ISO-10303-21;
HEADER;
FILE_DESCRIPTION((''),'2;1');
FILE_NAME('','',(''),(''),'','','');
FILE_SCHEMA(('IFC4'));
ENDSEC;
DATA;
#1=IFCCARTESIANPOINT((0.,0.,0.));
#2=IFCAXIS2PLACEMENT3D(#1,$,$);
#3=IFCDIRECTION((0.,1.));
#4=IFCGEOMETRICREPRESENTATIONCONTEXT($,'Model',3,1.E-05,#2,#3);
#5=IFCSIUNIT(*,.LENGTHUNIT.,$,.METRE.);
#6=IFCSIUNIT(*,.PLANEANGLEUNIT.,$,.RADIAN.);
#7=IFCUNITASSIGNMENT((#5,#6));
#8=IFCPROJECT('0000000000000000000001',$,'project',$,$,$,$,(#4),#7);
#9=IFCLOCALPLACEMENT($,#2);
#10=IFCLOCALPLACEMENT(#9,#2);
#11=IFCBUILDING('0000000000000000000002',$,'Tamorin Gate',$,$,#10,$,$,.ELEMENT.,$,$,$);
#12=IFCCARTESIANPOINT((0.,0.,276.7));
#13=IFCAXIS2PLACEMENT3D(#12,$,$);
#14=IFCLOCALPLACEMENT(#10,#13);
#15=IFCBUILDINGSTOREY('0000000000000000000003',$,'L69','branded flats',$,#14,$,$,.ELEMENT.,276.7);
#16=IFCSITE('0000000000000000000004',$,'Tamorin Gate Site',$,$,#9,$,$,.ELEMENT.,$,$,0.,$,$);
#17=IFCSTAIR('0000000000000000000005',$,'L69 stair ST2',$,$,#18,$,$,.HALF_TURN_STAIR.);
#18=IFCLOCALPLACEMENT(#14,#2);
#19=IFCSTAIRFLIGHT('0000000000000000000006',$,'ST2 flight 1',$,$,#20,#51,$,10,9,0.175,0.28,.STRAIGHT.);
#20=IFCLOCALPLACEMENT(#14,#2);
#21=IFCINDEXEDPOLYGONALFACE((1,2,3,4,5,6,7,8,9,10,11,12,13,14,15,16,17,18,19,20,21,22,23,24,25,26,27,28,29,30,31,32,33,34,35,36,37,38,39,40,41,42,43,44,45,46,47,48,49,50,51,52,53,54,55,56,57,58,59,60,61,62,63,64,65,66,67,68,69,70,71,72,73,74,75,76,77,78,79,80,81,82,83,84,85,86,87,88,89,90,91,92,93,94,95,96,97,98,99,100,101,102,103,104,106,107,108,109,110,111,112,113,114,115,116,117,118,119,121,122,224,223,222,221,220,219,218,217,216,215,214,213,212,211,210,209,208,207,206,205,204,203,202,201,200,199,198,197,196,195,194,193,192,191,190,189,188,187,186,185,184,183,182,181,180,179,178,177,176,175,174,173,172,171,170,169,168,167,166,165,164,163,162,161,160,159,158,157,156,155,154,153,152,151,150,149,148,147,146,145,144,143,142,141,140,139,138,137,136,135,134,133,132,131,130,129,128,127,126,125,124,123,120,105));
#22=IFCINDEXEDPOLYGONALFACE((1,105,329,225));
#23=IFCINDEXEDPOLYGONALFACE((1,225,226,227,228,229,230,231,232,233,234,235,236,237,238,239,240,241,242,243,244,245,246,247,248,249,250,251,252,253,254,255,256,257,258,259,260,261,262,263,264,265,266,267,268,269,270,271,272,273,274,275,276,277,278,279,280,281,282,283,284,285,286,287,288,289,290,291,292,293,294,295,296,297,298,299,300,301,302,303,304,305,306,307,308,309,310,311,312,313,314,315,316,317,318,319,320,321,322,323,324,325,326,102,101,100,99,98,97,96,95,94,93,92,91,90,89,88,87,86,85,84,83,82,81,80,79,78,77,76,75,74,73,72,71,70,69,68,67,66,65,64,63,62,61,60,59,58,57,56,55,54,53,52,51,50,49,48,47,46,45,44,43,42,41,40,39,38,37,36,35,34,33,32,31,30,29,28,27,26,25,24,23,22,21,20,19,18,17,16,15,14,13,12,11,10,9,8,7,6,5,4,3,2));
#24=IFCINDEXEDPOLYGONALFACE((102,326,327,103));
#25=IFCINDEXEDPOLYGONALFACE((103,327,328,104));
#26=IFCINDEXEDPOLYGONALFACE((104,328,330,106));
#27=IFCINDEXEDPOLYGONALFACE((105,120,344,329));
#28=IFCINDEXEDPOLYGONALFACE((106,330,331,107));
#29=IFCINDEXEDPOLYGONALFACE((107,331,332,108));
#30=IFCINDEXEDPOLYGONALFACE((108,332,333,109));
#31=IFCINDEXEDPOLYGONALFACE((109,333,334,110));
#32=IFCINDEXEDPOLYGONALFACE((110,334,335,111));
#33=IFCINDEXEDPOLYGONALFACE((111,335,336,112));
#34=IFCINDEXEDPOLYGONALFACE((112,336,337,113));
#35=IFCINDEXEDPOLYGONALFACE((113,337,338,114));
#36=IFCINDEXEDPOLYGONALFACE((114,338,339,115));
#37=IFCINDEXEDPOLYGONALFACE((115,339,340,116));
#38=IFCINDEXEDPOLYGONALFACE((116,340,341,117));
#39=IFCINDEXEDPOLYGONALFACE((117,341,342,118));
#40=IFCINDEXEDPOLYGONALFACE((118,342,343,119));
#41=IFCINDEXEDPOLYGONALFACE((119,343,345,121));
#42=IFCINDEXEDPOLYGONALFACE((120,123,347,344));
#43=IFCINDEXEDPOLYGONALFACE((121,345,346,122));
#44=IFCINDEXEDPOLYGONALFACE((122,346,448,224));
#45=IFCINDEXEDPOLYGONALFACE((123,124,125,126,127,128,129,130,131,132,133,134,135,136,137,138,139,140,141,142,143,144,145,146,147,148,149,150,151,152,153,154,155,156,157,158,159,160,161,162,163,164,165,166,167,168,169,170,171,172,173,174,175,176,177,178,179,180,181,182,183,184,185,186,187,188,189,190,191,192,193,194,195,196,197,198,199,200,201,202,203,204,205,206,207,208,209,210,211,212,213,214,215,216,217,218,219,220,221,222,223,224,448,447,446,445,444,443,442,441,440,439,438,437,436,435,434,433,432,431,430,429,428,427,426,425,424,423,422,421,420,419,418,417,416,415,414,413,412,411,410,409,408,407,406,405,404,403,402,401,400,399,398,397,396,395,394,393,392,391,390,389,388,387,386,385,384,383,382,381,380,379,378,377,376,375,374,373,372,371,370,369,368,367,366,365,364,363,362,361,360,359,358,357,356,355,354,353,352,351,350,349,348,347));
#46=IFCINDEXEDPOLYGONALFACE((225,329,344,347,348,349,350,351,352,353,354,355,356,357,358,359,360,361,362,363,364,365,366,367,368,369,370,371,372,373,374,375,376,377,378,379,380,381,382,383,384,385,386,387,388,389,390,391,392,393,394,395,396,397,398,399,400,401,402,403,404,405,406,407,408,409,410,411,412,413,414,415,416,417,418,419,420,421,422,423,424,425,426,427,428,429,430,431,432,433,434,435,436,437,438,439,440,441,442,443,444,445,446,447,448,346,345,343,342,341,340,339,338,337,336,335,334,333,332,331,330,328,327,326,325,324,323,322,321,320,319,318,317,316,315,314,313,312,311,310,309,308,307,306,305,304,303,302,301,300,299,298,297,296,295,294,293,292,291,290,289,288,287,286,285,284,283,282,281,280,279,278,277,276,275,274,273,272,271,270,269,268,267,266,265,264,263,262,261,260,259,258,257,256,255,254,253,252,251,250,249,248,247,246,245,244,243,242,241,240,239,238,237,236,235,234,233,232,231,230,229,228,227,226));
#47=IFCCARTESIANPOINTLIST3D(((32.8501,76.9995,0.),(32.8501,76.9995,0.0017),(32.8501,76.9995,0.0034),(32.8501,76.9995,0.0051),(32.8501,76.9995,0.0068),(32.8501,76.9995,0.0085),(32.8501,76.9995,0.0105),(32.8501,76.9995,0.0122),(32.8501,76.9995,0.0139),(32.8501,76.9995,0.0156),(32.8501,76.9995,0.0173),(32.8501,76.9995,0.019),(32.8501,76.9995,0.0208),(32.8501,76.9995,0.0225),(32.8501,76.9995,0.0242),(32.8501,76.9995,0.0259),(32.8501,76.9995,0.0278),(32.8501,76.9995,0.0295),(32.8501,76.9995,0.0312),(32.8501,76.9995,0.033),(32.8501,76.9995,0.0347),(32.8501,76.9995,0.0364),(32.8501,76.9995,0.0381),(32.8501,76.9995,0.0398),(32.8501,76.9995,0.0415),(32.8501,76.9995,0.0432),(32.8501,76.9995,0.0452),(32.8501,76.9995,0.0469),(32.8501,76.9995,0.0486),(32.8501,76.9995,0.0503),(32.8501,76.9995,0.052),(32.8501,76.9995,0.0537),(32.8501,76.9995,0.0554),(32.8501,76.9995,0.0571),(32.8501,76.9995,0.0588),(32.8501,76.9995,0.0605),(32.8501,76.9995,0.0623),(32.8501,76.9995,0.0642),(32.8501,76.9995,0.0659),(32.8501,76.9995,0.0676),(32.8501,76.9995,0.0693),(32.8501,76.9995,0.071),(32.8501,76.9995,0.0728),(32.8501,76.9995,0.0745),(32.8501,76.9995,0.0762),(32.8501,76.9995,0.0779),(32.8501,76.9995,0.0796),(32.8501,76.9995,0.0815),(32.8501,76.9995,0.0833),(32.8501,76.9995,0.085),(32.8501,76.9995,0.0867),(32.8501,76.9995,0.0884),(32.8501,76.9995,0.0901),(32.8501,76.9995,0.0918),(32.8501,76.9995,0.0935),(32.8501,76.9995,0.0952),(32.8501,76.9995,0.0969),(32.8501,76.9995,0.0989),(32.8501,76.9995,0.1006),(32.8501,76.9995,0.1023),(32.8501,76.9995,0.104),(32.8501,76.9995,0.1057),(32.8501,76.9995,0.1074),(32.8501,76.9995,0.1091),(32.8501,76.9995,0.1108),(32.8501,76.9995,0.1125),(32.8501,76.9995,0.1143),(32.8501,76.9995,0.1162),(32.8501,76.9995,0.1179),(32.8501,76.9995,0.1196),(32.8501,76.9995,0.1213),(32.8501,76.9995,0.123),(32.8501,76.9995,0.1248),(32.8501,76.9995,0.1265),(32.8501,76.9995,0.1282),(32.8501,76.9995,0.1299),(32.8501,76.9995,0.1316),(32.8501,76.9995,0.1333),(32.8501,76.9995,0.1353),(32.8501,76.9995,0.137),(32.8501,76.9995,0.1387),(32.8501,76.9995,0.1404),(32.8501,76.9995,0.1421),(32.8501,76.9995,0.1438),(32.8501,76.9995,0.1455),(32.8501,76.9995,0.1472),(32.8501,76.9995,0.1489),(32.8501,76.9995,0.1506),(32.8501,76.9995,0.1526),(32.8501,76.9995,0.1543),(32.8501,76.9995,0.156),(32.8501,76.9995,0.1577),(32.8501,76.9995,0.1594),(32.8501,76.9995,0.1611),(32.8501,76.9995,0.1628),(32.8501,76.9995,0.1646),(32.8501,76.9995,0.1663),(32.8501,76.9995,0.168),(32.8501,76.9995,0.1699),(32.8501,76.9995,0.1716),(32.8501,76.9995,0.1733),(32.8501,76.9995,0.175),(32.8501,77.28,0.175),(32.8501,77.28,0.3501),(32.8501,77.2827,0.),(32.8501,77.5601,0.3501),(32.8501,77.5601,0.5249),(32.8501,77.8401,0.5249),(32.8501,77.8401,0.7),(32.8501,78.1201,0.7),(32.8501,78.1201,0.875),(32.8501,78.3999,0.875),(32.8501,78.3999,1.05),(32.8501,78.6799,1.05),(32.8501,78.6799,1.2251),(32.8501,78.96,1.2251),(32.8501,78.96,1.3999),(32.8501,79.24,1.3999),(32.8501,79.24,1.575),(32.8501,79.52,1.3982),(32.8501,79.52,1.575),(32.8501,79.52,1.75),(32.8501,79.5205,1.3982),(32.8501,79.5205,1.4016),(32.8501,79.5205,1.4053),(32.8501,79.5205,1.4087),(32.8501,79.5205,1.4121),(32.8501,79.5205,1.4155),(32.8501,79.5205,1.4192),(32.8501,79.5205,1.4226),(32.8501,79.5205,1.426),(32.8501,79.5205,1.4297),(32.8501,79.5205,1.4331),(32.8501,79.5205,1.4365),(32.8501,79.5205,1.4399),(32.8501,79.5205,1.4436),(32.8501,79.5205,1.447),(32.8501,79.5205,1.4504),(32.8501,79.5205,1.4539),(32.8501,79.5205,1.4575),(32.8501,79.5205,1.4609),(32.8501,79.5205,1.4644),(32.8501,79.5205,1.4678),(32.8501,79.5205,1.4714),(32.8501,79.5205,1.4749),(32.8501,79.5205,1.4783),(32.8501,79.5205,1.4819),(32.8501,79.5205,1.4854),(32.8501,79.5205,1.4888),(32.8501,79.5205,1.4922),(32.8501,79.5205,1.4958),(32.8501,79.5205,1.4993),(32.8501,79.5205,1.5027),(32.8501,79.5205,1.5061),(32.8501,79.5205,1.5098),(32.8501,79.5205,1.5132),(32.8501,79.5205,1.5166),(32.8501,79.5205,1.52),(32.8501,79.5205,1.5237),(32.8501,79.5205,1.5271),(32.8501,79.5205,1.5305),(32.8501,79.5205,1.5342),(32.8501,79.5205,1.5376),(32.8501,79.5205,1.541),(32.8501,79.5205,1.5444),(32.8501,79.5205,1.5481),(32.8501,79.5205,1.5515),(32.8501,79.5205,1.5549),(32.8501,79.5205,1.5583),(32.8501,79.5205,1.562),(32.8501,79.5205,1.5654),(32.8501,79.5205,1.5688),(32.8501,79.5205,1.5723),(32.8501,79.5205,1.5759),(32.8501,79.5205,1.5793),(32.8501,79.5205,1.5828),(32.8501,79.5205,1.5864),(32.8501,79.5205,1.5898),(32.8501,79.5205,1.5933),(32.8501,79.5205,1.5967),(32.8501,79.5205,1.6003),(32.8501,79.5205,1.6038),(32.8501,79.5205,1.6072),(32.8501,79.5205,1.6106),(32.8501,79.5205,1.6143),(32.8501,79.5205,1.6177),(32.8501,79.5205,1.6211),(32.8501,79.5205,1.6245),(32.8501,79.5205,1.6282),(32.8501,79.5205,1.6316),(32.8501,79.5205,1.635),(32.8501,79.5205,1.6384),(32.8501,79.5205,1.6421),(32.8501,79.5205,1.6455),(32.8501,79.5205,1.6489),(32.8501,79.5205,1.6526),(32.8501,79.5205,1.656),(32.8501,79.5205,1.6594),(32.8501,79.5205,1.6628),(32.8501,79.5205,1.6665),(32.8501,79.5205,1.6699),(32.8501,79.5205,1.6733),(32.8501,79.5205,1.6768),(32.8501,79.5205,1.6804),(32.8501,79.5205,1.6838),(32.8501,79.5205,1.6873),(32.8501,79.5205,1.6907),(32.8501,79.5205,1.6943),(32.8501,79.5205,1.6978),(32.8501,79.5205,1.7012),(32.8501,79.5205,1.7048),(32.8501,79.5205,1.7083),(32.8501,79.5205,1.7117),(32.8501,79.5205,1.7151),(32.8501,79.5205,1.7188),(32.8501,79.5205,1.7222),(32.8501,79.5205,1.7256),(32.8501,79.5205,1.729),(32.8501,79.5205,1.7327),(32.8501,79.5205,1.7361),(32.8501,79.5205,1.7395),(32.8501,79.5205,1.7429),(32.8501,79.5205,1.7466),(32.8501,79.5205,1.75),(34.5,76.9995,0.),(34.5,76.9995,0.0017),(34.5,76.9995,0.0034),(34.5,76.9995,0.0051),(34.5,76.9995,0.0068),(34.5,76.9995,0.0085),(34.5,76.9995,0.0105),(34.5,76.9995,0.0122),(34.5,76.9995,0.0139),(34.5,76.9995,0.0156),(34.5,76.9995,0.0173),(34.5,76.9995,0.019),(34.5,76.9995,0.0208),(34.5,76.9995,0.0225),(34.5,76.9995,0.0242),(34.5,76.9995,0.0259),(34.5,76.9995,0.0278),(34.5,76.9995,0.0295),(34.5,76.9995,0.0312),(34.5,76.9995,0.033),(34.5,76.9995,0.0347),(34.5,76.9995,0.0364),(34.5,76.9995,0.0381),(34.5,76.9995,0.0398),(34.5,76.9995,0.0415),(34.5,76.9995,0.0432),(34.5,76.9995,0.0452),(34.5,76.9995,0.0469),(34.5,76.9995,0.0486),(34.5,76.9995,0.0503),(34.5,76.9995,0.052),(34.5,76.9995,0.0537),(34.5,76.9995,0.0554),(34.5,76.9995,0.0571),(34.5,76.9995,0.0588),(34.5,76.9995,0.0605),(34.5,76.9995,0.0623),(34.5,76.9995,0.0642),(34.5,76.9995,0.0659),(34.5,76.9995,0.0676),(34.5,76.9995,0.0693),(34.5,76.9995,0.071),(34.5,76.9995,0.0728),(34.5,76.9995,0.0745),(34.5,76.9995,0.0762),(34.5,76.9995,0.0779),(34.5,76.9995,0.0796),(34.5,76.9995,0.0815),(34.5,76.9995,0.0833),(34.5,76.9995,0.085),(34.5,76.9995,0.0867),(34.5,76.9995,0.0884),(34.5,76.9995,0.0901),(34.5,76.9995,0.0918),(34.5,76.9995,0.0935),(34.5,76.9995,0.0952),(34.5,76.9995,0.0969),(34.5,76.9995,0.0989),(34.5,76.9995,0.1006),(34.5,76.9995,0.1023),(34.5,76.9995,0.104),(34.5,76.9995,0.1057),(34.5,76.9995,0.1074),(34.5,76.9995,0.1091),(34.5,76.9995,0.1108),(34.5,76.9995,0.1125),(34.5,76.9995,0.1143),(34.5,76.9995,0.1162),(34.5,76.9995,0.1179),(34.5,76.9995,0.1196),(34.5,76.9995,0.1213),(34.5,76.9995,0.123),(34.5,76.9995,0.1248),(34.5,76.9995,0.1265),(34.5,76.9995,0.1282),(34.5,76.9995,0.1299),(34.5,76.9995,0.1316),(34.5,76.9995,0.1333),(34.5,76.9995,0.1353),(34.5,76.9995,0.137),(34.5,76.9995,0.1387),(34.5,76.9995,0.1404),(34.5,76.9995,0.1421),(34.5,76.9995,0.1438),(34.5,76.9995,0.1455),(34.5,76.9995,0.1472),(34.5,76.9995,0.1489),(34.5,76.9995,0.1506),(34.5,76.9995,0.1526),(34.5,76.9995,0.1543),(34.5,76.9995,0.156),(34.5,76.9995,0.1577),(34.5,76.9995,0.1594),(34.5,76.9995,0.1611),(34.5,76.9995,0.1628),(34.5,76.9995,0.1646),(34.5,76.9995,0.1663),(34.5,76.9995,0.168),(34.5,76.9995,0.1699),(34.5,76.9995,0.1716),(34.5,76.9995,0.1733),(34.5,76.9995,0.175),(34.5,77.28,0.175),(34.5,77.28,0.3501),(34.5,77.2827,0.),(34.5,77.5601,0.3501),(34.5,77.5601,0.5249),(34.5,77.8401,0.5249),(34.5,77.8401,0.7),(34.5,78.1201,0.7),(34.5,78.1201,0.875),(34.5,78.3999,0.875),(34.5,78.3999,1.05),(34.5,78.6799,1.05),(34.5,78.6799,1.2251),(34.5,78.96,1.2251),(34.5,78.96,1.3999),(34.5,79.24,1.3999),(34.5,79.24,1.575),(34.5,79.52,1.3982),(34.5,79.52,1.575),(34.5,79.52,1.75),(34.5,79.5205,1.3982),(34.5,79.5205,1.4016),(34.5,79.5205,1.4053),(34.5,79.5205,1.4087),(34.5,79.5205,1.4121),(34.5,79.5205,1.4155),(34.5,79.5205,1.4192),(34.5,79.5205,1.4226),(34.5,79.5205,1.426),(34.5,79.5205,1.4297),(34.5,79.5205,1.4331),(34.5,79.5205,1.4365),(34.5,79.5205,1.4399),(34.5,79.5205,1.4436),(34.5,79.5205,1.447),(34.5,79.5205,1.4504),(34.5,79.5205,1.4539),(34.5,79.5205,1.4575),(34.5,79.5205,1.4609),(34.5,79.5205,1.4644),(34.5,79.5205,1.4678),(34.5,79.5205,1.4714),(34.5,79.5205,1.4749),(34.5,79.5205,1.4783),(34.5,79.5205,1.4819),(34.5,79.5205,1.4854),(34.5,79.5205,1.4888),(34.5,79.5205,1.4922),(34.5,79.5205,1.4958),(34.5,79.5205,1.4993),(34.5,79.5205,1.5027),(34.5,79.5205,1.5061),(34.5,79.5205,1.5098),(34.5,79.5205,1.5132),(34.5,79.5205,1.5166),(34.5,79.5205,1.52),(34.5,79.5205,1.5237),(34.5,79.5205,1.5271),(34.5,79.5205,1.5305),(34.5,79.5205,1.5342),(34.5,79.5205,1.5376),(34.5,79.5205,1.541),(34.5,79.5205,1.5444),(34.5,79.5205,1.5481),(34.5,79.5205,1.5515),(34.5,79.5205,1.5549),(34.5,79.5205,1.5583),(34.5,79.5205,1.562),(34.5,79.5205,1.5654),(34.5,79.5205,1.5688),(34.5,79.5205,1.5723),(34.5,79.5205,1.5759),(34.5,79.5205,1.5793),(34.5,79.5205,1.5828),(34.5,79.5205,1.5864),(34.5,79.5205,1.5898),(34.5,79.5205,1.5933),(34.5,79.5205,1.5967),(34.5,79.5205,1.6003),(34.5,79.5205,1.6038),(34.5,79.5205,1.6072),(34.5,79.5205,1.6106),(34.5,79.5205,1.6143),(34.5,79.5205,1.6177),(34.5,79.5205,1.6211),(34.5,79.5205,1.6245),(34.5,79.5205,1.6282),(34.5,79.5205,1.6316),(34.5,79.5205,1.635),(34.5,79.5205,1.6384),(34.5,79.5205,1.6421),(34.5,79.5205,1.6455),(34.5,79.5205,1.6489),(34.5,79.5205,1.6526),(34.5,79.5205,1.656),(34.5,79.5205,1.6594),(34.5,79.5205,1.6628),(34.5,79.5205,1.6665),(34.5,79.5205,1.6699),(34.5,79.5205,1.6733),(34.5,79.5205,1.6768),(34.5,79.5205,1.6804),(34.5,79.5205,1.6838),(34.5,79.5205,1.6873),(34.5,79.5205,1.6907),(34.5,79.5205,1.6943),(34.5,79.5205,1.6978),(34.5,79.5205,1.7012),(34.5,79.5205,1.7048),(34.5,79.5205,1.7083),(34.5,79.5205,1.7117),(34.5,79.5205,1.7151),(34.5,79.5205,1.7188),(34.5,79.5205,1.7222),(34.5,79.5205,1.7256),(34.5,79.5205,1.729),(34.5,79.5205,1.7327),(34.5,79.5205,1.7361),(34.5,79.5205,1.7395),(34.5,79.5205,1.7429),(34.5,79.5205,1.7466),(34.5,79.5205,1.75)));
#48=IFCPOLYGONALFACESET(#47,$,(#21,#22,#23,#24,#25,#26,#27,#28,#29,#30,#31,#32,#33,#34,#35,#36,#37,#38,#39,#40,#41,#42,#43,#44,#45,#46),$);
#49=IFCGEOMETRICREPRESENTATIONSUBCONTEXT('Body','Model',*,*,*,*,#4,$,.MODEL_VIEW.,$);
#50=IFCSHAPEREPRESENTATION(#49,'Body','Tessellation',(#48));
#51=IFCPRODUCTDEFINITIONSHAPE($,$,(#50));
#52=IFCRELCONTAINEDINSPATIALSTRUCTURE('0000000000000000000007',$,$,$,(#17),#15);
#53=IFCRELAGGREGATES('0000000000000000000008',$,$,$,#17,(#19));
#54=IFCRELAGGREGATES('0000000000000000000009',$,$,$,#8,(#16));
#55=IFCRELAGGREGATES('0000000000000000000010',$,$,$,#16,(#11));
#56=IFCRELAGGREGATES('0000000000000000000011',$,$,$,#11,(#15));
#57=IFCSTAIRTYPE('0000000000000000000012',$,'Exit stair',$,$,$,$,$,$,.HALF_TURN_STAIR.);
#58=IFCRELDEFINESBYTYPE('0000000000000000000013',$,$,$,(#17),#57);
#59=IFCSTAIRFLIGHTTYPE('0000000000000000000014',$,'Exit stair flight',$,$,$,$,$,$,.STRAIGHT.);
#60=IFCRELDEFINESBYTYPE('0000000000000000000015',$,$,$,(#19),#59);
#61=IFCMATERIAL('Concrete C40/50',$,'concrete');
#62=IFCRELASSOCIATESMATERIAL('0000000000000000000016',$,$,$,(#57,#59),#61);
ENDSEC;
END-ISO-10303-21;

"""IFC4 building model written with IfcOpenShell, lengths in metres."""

from ifc_helpers import new_model, si_unit, direction, frame, origin, place, context, subcontext, project, spatial, polyline, outline, extrude, material, type_object, element, aggregate, save


model = new_model("IFC4")

# Units and contexts
model_context = context("Model", 3, precision=1e-05, world=origin(), true_north=direction((0.0, 1.0)))
body_context = subcontext(model_context, "Body", "Model", "MODEL_VIEW")
ifc_project = project(units=[si_unit("LENGTHUNIT", "METRE"), si_unit("PLANEANGLEUNIT", "RADIAN")], contexts=[model_context])

# Site, building, storey
site_placement = place(None, origin())
site = spatial("IfcSite", under=ifc_project, at=site_placement, Name="Tamorin Gate Site", CompositionType="ELEMENT", RefElevation=0.0)
building_placement = place(site_placement, origin())
building = spatial("IfcBuilding", under=site, at=building_placement, Name="Tamorin Gate", CompositionType="ELEMENT")
storey_placement = place(building_placement, frame((0.0, 0.0, 276.7)))
storey = spatial("IfcBuildingStorey", under=building, at=storey_placement, Name="L69", Description="branded flats", CompositionType="ELEMENT", Elevation=276.7)

# Shared definitions
ifc_material_1 = material(Name="Concrete C40/50", Category="concrete")

# Shared definitions
stair_type = type_object("IfcStairType", Name="Exit stair", PredefinedType="HALF_TURN_STAIR", material=ifc_material_1)
stair_flight_type = type_object("IfcStairFlightType", Name="Exit stair flight", PredefinedType="STRAIGHT", material=ifc_material_1)

# Stair, stair flight
stair_1_placement = place(storey_placement, origin())
stair_1 = element("IfcStair", 1, at=stair_1_placement, inside=storey, type_object=stair_type, Name="L69 stair ST2", PredefinedType="HALF_TURN_STAIR")
stair_flight_1_placement = place(storey_placement, frame((33.675, 77.0, 0.0), z_axis=(0.0, 0.0, 1.0), x_axis=(0.0, 1.0, 0.0)))
stair_flight_1 = element("IfcStairFlight", 2, at=stair_flight_1_placement, type_object=stair_flight_type, Name="ST2 flight 1", NumberOfRisers=10, NumberOfTreads=9, PredefinedType="STRAIGHT", RiserHeight=0.175, TreadLength=0.28, context=body_context, shape_type="SweptSolid", body=[
    extrude(outline(polyline([(-0.0005, 0.0), (-0.0005, 0.0017), (-0.0005, 0.0034), (-0.0005, 0.0051), (-0.0005, 0.0068), (-0.0005, 0.0085), (-0.0005, 0.0105), (-0.0005, 0.0122), (-0.0005, 0.0139), (-0.0005, 0.0156), (-0.0005, 0.0173), (-0.0005, 0.019), (-0.0005, 0.0208), (-0.0005, 0.0225), (-0.0005, 0.0242), (-0.0005, 0.0259), (-0.0005, 0.0278), (-0.0005, 0.0295), (-0.0005, 0.0312), (-0.0005, 0.033), (-0.0005, 0.0347), (-0.0005, 0.0364), (-0.0005, 0.0381), (-0.0005, 0.0398), (-0.0005, 0.0415), (-0.0005, 0.0432), (-0.0005, 0.0452), (-0.0005, 0.0469), (-0.0005, 0.0486), (-0.0005, 0.0503), (-0.0005, 0.052), (-0.0005, 0.0537), (-0.0005, 0.0554), (-0.0005, 0.0571), (-0.0005, 0.0588), (-0.0005, 0.0605), (-0.0005, 0.0623), (-0.0005, 0.0642), (-0.0005, 0.0659), (-0.0005, 0.0676), (-0.0005, 0.0693), (-0.0005, 0.071), (-0.0005, 0.0728), (-0.0005, 0.0745), (-0.0005, 0.0762), (-0.0005, 0.0779), (-0.0005, 0.0796), (-0.0005, 0.0815), (-0.0005, 0.0833), (-0.0005, 0.085), (-0.0005, 0.0867), (-0.0005, 0.0884), (-0.0005, 0.0901), (-0.0005, 0.0918), (-0.0005, 0.0935), (-0.0005, 0.0952), (-0.0005, 0.0969), (-0.0005, 0.0989), (-0.0005, 0.1006), (-0.0005, 0.1023), (-0.0005, 0.104), (-0.0005, 0.1057), (-0.0005, 0.1074), (-0.0005, 0.1091), (-0.0005, 0.1108), (-0.0005, 0.1125), (-0.0005, 0.1143), (-0.0005, 0.1162), (-0.0005, 0.1179), (-0.0005, 0.1196), (-0.0005, 0.1213), (-0.0005, 0.123), (-0.0005, 0.1248), (-0.0005, 0.1265), (-0.0005, 0.1282), (-0.0005, 0.1299), (-0.0005, 0.1316), (-0.0005, 0.1333), (-0.0005, 0.1353), (-0.0005, 0.137), (-0.0005, 0.1387), (-0.0005, 0.1404), (-0.0005, 0.1421), (-0.0005, 0.1438), (-0.0005, 0.1455), (-0.0005, 0.1472), (-0.0005, 0.1489), (-0.0005, 0.1506), (-0.0005, 0.1526), (-0.0005, 0.1543), (-0.0005, 0.156), (-0.0005, 0.1577), (-0.0005, 0.1594), (-0.0005, 0.1611), (-0.0005, 0.1628), (-0.0005, 0.1646), (-0.0005, 0.1663), (-0.0005, 0.168), (-0.0005, 0.1699), (-0.0005, 0.1716), (-0.0005, 0.1733), (-0.0005, 0.175), (0.28, 0.175), (0.28, 0.3501), (0.5601, 0.3501), (0.5601, 0.5249), (0.8401, 0.5249), (0.8401, 0.7), (1.1201, 0.7), (1.1201, 0.875), (1.3999, 0.875), (1.3999, 1.05), (1.6799, 1.05), (1.6799, 1.2251), (1.96, 1.2251), (1.96, 1.3999), (2.24, 1.3999), (2.24, 1.575), (2.52, 1.575), (2.52, 1.75), (2.5205, 1.75), (2.5205, 1.7466), (2.5205, 1.7429), (2.5205, 1.7395), (2.5205, 1.7361), (2.5205, 1.7327), (2.5205, 1.729), (2.5205, 1.7256), (2.5205, 1.7222), (2.5205, 1.7188), (2.5205, 1.7151), (2.5205, 1.7117), (2.5205, 1.7083), (2.5205, 1.7048), (2.5205, 1.7012), (2.5205, 1.6978), (2.5205, 1.6943), (2.5205, 1.6907), (2.5205, 1.6873), (2.5205, 1.6838), (2.5205, 1.6804), (2.5205, 1.6768), (2.5205, 1.6733), (2.5205, 1.6699), (2.5205, 1.6665), (2.5205, 1.6628), (2.5205, 1.6594), (2.5205, 1.656), (2.5205, 1.6526), (2.5205, 1.6489), (2.5205, 1.6455), (2.5205, 1.6421), (2.5205, 1.6384), (2.5205, 1.635), (2.5205, 1.6316), (2.5205, 1.6282), (2.5205, 1.6245), (2.5205, 1.6211), (2.5205, 1.6177), (2.5205, 1.6143), (2.5205, 1.6106), (2.5205, 1.6072), (2.5205, 1.6038), (2.5205, 1.6003), (2.5205, 1.5967), (2.5205, 1.5933), (2.5205, 1.5898), (2.5205, 1.5864), (2.5205, 1.5828), (2.5205, 1.5793), (2.5205, 1.5759), (2.5205, 1.5723), (2.5205, 1.5688), (2.5205, 1.5654), (2.5205, 1.562), (2.5205, 1.5583), (2.5205, 1.5549), (2.5205, 1.5515), (2.5205, 1.5481), (2.5205, 1.5444), (2.5205, 1.541), (2.5205, 1.5376), (2.5205, 1.5342), (2.5205, 1.5305), (2.5205, 1.5271), (2.5205, 1.5237), (2.5205, 1.52), (2.5205, 1.5166), (2.5205, 1.5132), (2.5205, 1.5098), (2.5205, 1.5061), (2.5205, 1.5027), (2.5205, 1.4993), (2.5205, 1.4958), (2.5205, 1.4922), (2.5205, 1.4888), (2.5205, 1.4854), (2.5205, 1.4819), (2.5205, 1.4783), (2.5205, 1.4749), (2.5205, 1.4714), (2.5205, 1.4678), (2.5205, 1.4644), (2.5205, 1.4609), (2.5205, 1.4575), (2.5205, 1.4539), (2.5205, 1.4504), (2.5205, 1.447), (2.5205, 1.4436), (2.5205, 1.4399), (2.5205, 1.4365), (2.5205, 1.4331), (2.5205, 1.4297), (2.5205, 1.426), (2.5205, 1.4226), (2.5205, 1.4192), (2.5205, 1.4155), (2.5205, 1.4121), (2.5205, 1.4087), (2.5205, 1.4053), (2.5205, 1.4016), (2.5205, 1.3982), (2.52, 1.3982), (0.2827, 0.0), (-0.0005, 0.0)])), frame((0.0, 0.825, 0.0), z_axis=(0.0, -1.0, 0.0), x_axis=(1.0, 0.0, 0.0)), (0.0, 0.0, 1.0), 1.6499),
])
aggregate(stair_1, [stair_flight_1])

save(model, "model.ifc")
